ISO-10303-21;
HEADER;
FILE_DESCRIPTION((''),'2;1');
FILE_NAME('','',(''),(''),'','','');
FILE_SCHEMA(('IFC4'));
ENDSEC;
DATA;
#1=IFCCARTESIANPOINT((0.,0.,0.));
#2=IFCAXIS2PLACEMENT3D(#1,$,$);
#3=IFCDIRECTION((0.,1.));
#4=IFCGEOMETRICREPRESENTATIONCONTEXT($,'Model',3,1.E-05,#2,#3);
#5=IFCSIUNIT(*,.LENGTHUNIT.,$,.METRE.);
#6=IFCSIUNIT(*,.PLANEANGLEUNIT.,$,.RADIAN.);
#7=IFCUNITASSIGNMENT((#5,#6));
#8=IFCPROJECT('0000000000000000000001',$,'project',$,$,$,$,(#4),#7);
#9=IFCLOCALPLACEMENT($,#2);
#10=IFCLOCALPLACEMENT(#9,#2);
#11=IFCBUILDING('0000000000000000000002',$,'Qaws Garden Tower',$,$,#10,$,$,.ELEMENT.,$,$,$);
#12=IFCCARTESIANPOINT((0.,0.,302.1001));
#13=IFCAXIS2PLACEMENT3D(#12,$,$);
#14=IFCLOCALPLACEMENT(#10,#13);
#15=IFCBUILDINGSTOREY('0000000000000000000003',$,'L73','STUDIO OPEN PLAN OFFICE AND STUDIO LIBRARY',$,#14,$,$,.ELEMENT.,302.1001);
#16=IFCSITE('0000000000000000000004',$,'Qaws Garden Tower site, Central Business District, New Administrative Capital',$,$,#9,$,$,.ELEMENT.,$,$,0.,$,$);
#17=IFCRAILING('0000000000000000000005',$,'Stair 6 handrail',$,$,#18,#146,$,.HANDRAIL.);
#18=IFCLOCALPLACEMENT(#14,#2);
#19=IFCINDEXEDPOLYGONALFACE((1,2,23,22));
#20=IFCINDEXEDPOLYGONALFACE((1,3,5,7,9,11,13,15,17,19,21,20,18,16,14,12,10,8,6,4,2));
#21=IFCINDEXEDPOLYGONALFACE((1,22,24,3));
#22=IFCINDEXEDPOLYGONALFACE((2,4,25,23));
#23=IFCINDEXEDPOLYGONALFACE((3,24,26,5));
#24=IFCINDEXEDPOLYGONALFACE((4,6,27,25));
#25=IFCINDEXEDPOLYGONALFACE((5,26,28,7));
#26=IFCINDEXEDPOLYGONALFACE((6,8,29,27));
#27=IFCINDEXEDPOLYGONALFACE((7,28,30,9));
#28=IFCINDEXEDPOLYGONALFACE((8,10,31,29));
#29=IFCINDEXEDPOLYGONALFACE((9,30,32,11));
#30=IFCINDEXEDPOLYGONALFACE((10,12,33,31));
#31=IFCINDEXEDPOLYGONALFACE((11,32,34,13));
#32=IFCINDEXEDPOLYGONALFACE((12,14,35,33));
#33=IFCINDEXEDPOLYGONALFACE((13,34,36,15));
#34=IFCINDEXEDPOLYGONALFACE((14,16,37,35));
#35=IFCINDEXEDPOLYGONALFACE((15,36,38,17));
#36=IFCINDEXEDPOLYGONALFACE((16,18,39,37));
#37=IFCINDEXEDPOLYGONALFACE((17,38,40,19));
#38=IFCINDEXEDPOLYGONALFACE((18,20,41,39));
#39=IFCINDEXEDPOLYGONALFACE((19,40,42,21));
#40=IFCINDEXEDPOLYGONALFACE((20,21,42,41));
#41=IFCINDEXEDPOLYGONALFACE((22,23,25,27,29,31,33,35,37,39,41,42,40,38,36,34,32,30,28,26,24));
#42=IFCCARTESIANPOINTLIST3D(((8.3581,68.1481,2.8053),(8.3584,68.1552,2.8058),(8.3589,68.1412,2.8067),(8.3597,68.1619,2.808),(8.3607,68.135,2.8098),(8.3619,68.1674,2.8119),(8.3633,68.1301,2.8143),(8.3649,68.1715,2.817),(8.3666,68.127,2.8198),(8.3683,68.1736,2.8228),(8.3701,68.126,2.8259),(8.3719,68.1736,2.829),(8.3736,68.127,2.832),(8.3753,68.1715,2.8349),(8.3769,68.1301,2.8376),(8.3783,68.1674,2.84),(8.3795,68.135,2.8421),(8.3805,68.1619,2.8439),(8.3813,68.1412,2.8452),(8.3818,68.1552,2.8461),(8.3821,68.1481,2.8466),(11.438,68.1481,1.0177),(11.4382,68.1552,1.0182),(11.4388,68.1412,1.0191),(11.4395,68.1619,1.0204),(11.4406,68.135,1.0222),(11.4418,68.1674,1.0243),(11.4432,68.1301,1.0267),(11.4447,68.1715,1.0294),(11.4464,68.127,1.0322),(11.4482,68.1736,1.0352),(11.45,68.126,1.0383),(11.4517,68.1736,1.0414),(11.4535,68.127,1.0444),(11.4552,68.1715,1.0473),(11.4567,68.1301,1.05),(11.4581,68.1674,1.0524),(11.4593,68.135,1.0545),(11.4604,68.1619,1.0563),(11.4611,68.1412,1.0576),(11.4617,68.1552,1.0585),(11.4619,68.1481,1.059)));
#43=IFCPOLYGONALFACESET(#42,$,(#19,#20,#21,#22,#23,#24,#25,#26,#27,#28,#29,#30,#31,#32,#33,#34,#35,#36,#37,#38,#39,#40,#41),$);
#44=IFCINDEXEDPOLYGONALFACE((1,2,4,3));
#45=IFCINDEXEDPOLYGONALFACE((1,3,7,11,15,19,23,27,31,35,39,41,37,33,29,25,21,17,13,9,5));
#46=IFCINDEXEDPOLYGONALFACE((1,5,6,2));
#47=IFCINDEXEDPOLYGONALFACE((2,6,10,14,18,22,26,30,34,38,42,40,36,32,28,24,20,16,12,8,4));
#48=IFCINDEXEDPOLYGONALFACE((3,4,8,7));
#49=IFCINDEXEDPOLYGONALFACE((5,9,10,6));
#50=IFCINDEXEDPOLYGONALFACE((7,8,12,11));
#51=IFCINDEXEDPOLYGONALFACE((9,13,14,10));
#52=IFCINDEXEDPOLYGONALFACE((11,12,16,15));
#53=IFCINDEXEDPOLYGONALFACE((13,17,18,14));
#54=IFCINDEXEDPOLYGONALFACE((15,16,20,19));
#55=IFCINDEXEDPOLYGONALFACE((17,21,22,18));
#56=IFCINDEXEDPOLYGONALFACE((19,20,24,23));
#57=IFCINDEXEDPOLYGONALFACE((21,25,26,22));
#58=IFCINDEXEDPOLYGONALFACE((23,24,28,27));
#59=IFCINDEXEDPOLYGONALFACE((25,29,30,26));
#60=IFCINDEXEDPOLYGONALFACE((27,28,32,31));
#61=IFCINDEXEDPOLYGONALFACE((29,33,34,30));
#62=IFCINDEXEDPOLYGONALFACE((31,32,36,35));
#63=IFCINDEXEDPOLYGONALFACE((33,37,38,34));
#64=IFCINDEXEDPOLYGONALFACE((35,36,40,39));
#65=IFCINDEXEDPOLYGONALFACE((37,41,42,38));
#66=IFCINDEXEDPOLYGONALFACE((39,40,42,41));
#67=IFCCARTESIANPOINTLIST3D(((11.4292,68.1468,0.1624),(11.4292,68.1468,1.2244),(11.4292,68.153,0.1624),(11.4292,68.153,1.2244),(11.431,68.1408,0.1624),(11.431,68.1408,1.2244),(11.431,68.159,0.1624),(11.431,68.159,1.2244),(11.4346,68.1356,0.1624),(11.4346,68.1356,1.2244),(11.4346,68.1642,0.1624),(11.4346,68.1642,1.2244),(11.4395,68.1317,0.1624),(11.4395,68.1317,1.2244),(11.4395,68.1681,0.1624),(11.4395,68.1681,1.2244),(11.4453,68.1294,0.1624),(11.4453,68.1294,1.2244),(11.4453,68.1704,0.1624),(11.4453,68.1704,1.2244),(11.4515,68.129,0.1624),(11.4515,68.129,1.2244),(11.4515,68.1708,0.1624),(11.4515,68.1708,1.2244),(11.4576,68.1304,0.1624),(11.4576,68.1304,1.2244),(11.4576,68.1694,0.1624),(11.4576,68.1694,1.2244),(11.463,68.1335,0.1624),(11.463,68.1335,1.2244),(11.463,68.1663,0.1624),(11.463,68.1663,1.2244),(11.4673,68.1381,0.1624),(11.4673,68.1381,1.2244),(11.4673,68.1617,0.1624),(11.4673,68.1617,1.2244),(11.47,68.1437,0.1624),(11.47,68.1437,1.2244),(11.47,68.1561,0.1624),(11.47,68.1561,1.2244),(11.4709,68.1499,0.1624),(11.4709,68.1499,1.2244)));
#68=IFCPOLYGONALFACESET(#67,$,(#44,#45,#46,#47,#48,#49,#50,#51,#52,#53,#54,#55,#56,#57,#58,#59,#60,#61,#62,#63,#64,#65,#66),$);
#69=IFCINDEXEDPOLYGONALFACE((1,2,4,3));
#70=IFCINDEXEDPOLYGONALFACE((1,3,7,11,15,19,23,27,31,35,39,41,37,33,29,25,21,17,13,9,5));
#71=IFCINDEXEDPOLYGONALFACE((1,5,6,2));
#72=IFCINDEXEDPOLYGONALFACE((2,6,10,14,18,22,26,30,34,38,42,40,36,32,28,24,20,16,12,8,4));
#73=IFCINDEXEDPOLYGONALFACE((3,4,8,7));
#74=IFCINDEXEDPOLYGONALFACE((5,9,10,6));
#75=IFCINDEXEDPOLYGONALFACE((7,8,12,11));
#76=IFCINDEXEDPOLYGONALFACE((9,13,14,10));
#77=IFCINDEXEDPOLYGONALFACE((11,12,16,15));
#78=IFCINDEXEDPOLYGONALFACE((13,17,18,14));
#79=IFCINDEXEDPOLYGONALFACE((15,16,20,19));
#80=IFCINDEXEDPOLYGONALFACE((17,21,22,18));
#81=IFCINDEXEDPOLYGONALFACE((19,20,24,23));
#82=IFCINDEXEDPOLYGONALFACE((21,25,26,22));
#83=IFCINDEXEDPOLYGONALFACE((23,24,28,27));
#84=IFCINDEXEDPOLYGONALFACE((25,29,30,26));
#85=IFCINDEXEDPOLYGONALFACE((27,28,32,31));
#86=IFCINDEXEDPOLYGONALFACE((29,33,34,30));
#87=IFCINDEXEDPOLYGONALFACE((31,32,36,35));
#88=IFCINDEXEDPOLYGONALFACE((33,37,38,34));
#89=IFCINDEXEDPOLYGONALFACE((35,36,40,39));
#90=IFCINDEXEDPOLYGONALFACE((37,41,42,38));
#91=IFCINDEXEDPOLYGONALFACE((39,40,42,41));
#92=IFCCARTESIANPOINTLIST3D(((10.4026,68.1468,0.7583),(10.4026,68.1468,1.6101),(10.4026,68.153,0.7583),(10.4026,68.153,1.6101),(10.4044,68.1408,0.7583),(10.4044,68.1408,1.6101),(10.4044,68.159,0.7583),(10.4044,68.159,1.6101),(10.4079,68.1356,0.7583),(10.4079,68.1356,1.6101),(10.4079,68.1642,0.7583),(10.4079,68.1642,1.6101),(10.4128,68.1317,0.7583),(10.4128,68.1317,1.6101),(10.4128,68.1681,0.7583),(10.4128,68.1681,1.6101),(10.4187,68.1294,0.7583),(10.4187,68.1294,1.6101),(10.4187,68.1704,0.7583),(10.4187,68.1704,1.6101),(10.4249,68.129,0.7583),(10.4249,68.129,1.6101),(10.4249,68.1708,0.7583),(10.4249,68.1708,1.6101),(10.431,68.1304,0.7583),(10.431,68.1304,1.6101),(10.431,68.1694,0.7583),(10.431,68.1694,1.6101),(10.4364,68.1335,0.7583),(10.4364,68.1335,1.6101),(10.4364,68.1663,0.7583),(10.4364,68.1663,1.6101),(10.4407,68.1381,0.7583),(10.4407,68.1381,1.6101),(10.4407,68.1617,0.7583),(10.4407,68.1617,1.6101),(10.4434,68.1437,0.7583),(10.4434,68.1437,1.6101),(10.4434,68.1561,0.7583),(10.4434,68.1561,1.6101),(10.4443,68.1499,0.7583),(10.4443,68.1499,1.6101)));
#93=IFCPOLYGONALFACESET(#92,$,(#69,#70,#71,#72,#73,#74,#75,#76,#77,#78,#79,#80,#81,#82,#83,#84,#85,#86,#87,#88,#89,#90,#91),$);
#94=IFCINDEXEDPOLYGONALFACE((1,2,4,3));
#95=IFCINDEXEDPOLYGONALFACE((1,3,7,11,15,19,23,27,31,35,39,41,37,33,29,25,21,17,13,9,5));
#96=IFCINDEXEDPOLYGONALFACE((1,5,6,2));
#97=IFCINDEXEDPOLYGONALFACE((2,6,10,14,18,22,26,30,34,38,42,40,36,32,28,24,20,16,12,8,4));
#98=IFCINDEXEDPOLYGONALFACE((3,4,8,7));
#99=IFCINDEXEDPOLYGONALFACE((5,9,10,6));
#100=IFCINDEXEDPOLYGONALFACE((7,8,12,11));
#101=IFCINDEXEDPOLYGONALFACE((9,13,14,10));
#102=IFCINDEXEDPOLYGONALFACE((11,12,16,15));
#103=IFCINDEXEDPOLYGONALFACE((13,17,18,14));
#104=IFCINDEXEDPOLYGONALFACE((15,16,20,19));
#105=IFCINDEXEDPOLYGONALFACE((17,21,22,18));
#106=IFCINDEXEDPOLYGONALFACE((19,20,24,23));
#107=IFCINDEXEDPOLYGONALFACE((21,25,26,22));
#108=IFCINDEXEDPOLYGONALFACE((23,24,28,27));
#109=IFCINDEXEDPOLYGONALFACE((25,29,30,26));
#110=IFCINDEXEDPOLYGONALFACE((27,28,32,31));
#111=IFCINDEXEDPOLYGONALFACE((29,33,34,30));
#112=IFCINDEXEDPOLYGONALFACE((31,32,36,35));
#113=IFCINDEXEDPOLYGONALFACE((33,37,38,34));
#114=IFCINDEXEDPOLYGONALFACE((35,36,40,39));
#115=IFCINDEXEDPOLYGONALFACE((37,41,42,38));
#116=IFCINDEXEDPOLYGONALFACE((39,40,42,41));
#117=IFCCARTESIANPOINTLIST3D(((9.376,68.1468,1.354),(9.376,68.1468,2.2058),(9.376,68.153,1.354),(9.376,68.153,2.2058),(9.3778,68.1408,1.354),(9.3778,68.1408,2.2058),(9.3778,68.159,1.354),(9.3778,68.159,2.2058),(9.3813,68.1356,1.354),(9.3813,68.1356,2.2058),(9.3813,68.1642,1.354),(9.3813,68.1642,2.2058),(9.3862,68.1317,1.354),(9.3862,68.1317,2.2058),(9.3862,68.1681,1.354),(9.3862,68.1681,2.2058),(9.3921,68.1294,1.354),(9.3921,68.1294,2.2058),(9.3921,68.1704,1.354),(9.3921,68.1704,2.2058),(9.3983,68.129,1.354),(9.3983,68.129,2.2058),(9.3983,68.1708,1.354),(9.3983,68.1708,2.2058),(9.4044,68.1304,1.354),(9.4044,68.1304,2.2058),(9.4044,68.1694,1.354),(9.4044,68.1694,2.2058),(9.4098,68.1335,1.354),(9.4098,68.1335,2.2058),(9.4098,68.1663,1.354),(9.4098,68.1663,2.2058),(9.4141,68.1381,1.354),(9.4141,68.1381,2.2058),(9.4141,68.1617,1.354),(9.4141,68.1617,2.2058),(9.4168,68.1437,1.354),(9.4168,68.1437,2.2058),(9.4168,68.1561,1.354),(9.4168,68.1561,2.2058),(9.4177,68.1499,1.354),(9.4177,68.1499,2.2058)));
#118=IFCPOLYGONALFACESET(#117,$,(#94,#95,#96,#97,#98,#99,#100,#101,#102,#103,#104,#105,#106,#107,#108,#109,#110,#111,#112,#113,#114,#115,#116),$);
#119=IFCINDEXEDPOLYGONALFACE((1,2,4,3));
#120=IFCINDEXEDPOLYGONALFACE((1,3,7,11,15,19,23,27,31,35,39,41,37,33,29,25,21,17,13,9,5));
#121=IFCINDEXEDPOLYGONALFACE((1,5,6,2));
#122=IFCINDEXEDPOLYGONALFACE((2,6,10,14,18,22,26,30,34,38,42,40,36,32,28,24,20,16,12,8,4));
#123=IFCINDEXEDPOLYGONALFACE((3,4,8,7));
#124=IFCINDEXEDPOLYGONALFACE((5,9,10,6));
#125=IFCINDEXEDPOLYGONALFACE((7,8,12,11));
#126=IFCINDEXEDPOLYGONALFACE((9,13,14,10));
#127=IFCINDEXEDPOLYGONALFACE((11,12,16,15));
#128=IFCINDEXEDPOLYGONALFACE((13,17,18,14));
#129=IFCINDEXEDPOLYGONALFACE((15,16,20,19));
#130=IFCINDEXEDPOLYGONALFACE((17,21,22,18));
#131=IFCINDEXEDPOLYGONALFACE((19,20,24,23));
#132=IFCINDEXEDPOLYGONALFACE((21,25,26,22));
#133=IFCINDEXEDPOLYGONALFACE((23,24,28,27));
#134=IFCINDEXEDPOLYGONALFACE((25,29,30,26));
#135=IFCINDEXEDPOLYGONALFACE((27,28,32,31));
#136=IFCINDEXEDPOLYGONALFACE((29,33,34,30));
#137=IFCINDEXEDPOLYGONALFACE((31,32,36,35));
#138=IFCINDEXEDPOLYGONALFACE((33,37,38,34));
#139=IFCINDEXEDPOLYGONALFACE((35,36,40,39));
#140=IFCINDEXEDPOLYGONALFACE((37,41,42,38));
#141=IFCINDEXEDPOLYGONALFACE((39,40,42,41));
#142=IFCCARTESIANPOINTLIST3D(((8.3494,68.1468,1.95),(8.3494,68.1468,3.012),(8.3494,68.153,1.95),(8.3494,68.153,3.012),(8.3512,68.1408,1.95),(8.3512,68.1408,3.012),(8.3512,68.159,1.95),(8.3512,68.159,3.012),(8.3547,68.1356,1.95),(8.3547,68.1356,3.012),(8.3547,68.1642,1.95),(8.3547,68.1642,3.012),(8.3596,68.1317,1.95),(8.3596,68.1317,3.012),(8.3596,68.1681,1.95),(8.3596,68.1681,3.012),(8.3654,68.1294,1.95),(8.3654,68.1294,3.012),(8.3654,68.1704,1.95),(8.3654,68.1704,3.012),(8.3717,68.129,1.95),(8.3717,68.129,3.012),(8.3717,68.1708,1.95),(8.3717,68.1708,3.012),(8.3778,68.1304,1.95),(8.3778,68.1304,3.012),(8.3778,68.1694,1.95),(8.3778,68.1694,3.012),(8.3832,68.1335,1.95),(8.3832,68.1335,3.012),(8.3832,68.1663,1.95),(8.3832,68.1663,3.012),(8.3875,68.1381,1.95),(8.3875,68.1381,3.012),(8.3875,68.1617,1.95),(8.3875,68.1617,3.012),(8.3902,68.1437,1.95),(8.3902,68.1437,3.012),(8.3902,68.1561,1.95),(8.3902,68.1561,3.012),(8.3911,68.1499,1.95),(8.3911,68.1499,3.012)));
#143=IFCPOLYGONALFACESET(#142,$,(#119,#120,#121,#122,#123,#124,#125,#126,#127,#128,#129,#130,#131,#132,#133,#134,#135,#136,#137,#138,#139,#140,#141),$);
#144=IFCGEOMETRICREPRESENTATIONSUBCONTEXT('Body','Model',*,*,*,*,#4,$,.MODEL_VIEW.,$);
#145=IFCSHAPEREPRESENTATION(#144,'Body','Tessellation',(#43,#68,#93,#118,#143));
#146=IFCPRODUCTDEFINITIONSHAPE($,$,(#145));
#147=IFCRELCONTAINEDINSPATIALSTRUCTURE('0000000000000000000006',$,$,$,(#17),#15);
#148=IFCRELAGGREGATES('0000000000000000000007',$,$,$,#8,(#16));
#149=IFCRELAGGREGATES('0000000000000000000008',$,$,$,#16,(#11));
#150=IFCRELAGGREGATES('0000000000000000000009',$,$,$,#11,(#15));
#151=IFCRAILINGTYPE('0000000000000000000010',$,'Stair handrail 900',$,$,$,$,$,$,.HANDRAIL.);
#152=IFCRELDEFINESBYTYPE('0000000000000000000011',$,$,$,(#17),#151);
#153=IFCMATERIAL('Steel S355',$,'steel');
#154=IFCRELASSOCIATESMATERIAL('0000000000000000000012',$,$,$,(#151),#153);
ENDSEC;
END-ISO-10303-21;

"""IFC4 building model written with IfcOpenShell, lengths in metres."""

from ifc_helpers import new_model, si_unit, direction, frame, origin, origin_2d, place, context, subcontext, project, spatial, circle, extrude, material, type_object, element, save


model = new_model("IFC4")

# Units and contexts
model_context = context("Model", 3, precision=1e-05, world=origin(), true_north=direction((0.0, 1.0)))
body_context = subcontext(model_context, "Body", "Model", "MODEL_VIEW")
ifc_project = project(units=[si_unit("LENGTHUNIT", "METRE"), si_unit("PLANEANGLEUNIT", "RADIAN")], contexts=[model_context])

# Site, building, storey
site_placement = place(None, origin())
site = spatial("IfcSite", under=ifc_project, at=site_placement, Name="Qaws Garden Tower site, Central Business District, New Administrative Capital", CompositionType="ELEMENT", RefElevation=0.0)
building_placement = place(site_placement, origin())
building = spatial("IfcBuilding", under=site, at=building_placement, Name="Qaws Garden Tower", CompositionType="ELEMENT")
storey_placement = place(building_placement, frame((0.0, 0.0, 302.1001)))
storey = spatial("IfcBuildingStorey", under=building, at=storey_placement, Name="L73", Description="STUDIO OPEN PLAN OFFICE AND STUDIO LIBRARY", CompositionType="ELEMENT", Elevation=302.1001)

# Railing
ifc_material_1 = material(Name="Steel S355", Category="steel")
railing_type = type_object("IfcRailingType", Name="Stair handrail 900", PredefinedType="HANDRAIL", material=ifc_material_1)
railing_1_placement = place(storey_placement, frame((11.45, 68.1499, 0.1624)))
element("IfcRailing", 1, at=railing_1_placement, inside=storey, type_object=railing_type, Name="Stair 6 handrail", PredefinedType="HANDRAIL", context=body_context, shape_type="SweptSolid", body=[
    extrude(circle(Radius=0.0239, at=origin_2d()), frame((0.0, 0.0, 0.876), z_axis=(-0.864873, 0.0, 0.50199), x_axis=(0.0, -1.0, 0.0)), (0.0, 0.0, 1.0), 3.561),
    extrude(circle(Radius=0.021, at=origin_2d()), origin(), (0.0, 0.0, 1.0), 1.062),
    extrude(circle(Radius=0.021, at=origin_2d()), frame((-1.0266, 0.0, 0.5959)), (0.0, 0.0, 1.0), 0.8518),
    extrude(circle(Radius=0.021, at=origin_2d()), frame((-2.0532, 0.0, 1.1917)), (0.0, 0.0, 1.0), 0.8518),
    extrude(circle(Radius=0.021, at=origin_2d()), frame((-3.0798, 0.0, 1.7876)), (0.0, 0.0, 1.0), 1.062),
])

save(model, "model.ifc")
